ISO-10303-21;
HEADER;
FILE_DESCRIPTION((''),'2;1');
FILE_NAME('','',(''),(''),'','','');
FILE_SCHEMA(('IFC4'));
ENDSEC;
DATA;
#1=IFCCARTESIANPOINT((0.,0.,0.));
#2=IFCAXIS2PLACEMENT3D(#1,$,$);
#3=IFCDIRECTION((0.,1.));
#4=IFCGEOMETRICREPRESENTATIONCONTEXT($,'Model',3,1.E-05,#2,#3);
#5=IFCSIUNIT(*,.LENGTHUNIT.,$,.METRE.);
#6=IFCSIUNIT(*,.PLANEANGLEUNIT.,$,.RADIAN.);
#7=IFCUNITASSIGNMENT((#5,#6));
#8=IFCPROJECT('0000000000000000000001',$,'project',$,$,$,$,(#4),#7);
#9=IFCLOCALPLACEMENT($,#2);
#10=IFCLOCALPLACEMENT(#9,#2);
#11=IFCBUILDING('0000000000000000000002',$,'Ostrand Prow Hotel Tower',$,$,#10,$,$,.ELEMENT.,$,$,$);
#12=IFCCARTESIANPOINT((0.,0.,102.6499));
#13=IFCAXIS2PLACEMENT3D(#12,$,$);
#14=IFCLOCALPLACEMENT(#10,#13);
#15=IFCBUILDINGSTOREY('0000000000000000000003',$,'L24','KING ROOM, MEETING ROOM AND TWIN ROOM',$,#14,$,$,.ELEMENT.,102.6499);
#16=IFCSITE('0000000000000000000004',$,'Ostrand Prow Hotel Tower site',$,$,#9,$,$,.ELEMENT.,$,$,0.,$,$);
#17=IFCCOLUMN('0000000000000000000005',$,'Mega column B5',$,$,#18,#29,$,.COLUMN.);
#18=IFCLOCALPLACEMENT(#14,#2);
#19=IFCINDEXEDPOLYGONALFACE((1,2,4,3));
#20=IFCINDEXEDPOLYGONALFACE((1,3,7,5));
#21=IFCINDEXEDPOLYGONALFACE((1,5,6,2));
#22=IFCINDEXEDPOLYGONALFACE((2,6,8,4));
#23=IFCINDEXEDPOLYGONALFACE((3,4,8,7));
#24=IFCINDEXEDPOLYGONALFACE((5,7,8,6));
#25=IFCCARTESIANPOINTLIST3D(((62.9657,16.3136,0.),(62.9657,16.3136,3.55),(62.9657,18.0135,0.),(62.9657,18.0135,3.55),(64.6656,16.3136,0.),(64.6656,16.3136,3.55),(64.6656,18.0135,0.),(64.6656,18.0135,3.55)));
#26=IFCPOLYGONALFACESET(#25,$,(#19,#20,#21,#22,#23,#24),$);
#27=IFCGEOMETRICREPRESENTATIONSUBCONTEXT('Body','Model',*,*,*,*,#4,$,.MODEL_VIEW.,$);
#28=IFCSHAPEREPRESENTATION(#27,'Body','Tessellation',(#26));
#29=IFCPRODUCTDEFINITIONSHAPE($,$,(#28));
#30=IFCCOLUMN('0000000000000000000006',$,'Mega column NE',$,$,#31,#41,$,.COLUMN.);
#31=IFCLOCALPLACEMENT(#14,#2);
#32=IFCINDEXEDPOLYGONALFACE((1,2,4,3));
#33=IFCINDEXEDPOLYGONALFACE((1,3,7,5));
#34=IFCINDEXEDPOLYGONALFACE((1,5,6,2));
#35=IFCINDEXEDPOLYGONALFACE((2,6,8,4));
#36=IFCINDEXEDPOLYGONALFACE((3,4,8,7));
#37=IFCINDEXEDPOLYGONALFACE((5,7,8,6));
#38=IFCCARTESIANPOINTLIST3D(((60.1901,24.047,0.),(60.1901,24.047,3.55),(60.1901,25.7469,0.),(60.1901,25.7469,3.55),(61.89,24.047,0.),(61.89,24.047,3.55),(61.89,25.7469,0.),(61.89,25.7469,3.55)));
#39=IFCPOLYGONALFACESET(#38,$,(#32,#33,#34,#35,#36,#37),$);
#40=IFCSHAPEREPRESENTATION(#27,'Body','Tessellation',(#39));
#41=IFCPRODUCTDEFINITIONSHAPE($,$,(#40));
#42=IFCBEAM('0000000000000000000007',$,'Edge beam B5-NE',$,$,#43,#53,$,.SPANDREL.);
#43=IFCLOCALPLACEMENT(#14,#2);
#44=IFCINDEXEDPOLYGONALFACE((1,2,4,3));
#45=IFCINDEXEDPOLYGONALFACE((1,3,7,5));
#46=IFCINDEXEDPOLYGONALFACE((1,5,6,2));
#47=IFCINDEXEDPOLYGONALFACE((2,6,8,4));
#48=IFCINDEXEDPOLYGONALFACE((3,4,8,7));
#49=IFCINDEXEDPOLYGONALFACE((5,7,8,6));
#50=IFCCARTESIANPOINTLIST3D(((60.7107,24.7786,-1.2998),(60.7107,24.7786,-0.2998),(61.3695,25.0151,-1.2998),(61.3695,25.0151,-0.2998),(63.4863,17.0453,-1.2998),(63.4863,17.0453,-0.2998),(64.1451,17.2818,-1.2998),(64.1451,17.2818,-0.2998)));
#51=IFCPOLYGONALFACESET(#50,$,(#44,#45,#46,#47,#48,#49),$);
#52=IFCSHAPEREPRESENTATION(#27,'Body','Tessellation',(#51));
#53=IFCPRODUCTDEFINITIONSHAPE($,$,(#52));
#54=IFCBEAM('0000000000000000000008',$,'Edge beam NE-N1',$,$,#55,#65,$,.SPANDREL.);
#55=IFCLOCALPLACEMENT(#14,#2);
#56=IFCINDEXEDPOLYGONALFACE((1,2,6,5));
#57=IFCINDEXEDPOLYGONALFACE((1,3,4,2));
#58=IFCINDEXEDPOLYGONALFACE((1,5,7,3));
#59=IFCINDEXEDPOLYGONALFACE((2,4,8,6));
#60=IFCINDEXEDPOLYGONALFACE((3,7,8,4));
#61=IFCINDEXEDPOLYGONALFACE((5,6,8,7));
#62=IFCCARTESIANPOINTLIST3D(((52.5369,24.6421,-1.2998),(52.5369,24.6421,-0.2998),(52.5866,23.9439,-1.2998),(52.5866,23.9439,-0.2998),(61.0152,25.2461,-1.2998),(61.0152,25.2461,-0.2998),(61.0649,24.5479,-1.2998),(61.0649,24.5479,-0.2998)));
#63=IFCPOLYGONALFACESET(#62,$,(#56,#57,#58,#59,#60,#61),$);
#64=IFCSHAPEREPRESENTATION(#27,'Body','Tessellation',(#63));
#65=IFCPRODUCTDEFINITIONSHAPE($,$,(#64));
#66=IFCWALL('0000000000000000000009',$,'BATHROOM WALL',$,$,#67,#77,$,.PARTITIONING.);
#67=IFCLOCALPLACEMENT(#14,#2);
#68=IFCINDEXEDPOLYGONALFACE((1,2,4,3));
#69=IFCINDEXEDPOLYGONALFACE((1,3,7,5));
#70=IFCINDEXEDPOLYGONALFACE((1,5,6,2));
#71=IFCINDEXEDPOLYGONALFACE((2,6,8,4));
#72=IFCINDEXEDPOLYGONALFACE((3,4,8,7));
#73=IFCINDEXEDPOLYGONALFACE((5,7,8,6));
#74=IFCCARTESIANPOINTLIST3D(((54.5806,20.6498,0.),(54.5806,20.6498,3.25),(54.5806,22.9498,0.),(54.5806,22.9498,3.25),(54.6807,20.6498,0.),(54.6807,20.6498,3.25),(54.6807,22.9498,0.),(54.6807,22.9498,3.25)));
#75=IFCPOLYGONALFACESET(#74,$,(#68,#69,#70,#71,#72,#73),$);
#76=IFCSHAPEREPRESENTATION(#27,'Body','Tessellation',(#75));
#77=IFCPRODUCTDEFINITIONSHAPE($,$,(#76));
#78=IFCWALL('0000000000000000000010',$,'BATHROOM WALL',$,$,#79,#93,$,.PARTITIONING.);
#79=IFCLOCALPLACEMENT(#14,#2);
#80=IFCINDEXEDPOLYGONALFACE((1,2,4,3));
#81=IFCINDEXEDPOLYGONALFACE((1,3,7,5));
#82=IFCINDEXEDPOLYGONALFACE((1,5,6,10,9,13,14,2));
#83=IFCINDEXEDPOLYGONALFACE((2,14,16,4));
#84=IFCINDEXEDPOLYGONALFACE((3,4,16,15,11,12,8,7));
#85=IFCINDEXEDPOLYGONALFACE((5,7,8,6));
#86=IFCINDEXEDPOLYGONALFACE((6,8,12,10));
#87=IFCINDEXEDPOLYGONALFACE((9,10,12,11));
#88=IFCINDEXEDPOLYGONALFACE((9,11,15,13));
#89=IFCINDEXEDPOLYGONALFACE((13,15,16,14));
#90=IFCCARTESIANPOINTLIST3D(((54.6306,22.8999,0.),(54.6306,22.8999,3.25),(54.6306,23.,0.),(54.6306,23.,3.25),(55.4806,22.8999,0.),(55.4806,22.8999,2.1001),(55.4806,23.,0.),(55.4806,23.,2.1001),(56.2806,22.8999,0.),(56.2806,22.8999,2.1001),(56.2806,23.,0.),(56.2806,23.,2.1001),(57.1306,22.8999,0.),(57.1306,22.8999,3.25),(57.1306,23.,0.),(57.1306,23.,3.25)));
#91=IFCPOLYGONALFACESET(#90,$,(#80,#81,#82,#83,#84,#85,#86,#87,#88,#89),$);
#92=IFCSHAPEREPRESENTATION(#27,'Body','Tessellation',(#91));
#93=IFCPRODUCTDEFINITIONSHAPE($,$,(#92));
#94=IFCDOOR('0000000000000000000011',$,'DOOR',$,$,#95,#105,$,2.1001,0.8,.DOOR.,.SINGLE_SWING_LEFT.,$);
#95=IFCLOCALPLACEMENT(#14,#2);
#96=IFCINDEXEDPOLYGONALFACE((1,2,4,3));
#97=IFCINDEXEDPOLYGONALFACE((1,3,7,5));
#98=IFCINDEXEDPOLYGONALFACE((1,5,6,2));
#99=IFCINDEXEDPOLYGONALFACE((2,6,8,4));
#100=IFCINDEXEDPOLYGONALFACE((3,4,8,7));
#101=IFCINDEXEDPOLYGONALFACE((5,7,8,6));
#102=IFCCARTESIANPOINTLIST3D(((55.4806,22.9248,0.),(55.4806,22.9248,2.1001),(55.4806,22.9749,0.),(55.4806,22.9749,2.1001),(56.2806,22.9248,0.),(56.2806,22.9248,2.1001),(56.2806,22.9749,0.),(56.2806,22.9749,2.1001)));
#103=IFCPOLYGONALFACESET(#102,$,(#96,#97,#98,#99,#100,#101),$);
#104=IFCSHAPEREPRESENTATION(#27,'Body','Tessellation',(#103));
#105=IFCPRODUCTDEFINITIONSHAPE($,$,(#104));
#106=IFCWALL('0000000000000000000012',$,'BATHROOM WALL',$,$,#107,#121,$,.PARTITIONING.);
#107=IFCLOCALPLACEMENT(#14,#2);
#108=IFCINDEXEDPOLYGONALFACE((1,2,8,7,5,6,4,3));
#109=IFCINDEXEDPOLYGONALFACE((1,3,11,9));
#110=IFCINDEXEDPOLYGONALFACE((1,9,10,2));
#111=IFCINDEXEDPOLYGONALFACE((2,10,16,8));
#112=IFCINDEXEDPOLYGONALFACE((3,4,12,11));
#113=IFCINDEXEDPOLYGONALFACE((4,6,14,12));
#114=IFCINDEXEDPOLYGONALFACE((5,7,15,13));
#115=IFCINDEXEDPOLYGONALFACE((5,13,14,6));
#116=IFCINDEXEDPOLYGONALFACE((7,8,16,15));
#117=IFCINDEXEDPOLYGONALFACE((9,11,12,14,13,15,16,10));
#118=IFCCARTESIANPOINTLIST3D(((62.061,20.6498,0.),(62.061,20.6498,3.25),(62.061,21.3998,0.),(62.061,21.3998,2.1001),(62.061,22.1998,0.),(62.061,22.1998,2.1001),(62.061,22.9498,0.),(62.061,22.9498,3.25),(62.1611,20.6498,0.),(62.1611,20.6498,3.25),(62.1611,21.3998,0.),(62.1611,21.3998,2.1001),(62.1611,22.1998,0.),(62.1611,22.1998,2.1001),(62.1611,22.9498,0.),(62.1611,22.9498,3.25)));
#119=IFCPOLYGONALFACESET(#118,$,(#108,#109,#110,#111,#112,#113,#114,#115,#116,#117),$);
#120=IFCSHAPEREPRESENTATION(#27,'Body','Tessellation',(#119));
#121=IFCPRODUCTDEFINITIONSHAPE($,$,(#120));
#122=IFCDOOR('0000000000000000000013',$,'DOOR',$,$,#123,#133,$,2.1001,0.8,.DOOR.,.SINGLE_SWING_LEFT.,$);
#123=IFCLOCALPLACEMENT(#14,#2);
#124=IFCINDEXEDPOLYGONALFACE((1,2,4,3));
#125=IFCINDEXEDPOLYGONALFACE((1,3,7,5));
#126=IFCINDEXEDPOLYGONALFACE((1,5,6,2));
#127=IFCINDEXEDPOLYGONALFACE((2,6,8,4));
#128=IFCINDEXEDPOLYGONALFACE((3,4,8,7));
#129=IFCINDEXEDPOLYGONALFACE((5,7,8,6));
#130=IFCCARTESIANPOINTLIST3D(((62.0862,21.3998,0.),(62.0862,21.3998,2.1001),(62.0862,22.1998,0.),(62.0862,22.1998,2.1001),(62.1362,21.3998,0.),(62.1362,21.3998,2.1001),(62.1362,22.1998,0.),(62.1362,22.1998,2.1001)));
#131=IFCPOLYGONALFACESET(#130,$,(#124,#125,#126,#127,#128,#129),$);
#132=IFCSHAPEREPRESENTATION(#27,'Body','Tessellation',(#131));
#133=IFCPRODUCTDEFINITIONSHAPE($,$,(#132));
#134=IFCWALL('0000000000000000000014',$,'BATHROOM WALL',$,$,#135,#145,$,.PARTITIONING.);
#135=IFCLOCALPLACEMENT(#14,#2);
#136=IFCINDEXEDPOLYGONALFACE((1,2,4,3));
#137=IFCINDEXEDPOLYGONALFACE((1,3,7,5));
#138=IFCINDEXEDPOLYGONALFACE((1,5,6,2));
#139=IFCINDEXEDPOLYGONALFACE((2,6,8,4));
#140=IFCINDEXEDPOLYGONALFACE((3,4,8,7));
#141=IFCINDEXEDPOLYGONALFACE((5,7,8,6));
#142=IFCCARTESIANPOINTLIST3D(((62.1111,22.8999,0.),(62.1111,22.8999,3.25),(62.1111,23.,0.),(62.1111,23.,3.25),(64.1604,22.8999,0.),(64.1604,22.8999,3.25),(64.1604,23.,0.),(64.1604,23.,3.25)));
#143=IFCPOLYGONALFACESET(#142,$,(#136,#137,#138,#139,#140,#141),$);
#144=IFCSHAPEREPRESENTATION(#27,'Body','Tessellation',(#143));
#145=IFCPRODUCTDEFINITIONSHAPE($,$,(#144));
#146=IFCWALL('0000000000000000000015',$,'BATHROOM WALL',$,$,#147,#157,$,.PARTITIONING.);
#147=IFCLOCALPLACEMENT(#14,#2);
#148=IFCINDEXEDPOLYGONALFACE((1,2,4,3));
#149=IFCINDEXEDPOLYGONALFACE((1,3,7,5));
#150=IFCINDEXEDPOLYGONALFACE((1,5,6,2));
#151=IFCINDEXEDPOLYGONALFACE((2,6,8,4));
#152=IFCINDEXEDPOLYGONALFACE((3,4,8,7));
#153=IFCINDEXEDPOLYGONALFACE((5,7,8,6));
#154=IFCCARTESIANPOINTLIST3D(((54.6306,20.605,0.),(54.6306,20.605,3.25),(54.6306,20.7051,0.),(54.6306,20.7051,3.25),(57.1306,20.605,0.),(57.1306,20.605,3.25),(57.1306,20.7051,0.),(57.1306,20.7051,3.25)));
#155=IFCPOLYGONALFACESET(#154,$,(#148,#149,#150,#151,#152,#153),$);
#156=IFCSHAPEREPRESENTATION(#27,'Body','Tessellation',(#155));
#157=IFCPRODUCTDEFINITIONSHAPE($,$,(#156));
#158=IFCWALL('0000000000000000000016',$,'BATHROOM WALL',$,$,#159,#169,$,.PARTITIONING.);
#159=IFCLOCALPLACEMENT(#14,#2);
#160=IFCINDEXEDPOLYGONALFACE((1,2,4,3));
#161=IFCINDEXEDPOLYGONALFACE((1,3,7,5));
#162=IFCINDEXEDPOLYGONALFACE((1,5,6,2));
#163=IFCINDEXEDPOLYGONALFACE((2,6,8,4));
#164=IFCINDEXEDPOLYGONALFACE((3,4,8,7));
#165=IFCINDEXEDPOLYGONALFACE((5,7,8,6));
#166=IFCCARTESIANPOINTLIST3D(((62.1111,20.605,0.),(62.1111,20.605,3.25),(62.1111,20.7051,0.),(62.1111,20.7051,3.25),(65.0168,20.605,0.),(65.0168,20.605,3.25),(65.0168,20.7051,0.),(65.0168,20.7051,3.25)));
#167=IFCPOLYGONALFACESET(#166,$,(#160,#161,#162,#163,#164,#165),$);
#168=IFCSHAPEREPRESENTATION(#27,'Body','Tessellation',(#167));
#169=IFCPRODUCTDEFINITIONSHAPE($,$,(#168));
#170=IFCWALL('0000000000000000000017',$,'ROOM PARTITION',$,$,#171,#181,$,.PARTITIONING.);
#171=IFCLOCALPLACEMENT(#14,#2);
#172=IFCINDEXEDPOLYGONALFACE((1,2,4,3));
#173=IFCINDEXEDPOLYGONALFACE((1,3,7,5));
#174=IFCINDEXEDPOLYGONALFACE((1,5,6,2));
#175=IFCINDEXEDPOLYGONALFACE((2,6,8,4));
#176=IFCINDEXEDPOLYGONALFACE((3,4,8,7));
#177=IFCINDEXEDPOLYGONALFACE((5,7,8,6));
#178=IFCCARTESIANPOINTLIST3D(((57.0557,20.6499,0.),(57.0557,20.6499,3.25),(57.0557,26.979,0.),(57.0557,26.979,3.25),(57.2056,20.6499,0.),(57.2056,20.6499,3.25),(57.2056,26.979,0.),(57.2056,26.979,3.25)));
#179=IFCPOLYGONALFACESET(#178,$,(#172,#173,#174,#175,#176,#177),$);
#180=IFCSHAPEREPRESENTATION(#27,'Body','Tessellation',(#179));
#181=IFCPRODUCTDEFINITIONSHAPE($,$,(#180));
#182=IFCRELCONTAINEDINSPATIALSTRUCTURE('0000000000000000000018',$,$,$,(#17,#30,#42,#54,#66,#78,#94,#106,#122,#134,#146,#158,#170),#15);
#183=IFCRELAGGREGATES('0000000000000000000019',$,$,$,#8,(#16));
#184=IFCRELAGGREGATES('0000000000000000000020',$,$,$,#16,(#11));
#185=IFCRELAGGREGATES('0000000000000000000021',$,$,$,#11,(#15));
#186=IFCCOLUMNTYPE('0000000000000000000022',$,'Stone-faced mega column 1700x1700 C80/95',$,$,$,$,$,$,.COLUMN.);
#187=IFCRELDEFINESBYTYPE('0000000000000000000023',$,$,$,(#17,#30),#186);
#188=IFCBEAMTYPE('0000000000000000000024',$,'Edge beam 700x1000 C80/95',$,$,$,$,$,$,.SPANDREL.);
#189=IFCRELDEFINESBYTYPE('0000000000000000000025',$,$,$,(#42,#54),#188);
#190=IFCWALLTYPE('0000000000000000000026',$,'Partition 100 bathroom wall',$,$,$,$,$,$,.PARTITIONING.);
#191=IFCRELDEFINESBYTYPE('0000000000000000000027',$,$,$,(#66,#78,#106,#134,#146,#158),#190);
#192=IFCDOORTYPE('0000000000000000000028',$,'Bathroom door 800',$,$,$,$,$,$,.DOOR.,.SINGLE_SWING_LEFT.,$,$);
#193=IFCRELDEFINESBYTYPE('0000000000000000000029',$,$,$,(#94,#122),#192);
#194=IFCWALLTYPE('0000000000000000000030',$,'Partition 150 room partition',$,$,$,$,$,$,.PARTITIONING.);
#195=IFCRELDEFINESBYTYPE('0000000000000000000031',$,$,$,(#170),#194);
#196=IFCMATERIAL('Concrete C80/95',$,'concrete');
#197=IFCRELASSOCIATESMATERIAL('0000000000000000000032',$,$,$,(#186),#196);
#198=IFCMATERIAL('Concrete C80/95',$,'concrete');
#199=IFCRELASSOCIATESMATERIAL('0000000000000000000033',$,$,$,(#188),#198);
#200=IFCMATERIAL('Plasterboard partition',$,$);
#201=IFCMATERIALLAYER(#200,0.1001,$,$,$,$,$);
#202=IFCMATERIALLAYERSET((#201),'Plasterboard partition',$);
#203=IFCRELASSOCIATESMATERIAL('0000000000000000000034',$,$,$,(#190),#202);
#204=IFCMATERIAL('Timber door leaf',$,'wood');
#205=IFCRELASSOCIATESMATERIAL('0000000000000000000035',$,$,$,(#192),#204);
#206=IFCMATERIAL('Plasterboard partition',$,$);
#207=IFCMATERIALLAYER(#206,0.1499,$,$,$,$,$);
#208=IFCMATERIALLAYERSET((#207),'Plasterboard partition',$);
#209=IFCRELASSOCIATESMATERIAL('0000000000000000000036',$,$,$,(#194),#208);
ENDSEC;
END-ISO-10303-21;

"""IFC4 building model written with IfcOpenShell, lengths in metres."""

from ifc_helpers import new_model, si_unit, direction, frame, frame_2d, origin, origin_2d, place, context, subcontext, project, spatial, rectangle, extrude, material, layer, layer_set, material_profile, profile_set, type_object, element, fill, save


model = new_model("IFC4")

# Units and contexts
model_context = context("Model", 3, precision=1e-05, world=origin(), true_north=direction((0.0, 1.0)))
body_context = subcontext(model_context, "Body", "Model", "MODEL_VIEW")
ifc_project = project(units=[si_unit("LENGTHUNIT", "METRE"), si_unit("PLANEANGLEUNIT", "RADIAN")], contexts=[model_context])

# Site, building, storey
site_placement = place(None, origin())
site = spatial("IfcSite", under=ifc_project, at=site_placement, Name="Ostrand Prow Hotel Tower site", CompositionType="ELEMENT", RefElevation=0.0)
building_placement = place(site_placement, origin())
building = spatial("IfcBuilding", under=site, at=building_placement, Name="Ostrand Prow Hotel Tower", CompositionType="ELEMENT")
storey_placement = place(building_placement, frame((0.0, 0.0, 102.6499)))
storey = spatial("IfcBuildingStorey", under=building, at=storey_placement, Name="L24", Description="KING ROOM, MEETING ROOM AND TWIN ROOM", CompositionType="ELEMENT", Elevation=102.6499)

# Columns
ifc_material_1 = material(Name="Concrete C80/95", Category="concrete")
ifc_material_profile_1 = material_profile(ifc_material_1, rectangle(XDim=1.7, YDim=1.7, at=origin_2d()), Name="RC 1700x1700")
ifc_profile_set_1 = profile_set([ifc_material_profile_1], Name="Concrete C80/95")
column_type = type_object("IfcColumnType", Name="Stone-faced mega column 1700x1700 C80/95", PredefinedType="COLUMN", material=ifc_profile_set_1)
for number, where, z_axis, x_axis, name in (
    (1, (63.8157, 17.1636, 0.0), (0.0, 0.0, 1.0), (1.0, 0.0, 0.0), "Mega column B5"),
    (2, (61.04, 24.897, 0.0), (0.0, 0.0, 1.0), (1.0, 0.0, 0.0), "Mega column NE"),
):
    element("IfcColumn", number, at=place(storey_placement, frame(where, z_axis=z_axis, x_axis=x_axis)), inside=storey, type_object=column_type, Name=name, PredefinedType="COLUMN", context=body_context, shape_type="SweptSolid", body=[
        extrude(rectangle(XDim=1.7, YDim=1.7, at=origin_2d()), origin(), (0.0, 0.0, 1.0), 3.55),
    ])

# Beams
ifc_material_2 = material(Name="Concrete C80/95", Category="concrete")
ifc_material_profile_2 = material_profile(ifc_material_2, rectangle(XDim=0.7, YDim=1.0, at=origin_2d()), Name="RC 700x1000")
ifc_profile_set_2 = profile_set([ifc_material_profile_2], Name="Concrete C80/95")
beam_type = type_object("IfcBeamType", Name="Edge beam 700x1000 C80/95", PredefinedType="SPANDREL", material=ifc_profile_set_2)
beam_1_placement = place(storey_placement, frame((63.8157, 17.1636, -0.7998), z_axis=(-0.337815, 0.941212, 0.0), x_axis=(-0.941212, -0.337815, 0.0)))
element("IfcBeam", 3, at=beam_1_placement, inside=storey, type_object=beam_type, Name="Edge beam B5-NE", PredefinedType="SPANDREL", context=body_context, shape_type="SweptSolid", body=[
    extrude(rectangle(XDim=0.7, YDim=1.0, at=origin_2d()), origin(), (0.0, 0.0, 1.0), 8.2163),
])
beam_2_placement = place(storey_placement, frame((61.04, 24.897, -0.7998), z_axis=(-0.997472, -0.071061, 0.0), x_axis=(0.071061, -0.997472, 0.0)))
element("IfcBeam", 4, at=beam_2_placement, inside=storey, type_object=beam_type, Name="Edge beam NE-N1", PredefinedType="SPANDREL", context=body_context, shape_type="SweptSolid", body=[
    extrude(rectangle(XDim=0.7, YDim=1.0, at=origin_2d()), origin(), (0.0, 0.0, 1.0), 8.4998),
])

# Wall
ifc_material_3 = material(Name="Plasterboard partition")
ifc_layer_1 = layer(ifc_material_3, 0.1001)
ifc_layer_set_1 = layer_set([ifc_layer_1], Name="Plasterboard partition")
wall_type_1 = type_object("IfcWallType", Name="Partition 100 bathroom wall", PredefinedType="PARTITIONING", material=ifc_layer_set_1)
wall_1_placement = place(storey_placement, frame((54.6306, 20.6499, 0.0), z_axis=(0.0, 0.0, 1.0), x_axis=(0.0, 1.0, 0.0)))
element("IfcWall", 5, at=wall_1_placement, inside=storey, type_object=wall_type_1, Name="BATHROOM WALL", PredefinedType="PARTITIONING", context=body_context, shape_type="SweptSolid", body=[
    extrude(rectangle(XDim=2.3, YDim=0.1001, at=frame_2d((1.1499, 0.0))), origin(), (0.0, 0.0, 1.0), 3.25),
])

# Walls, openings, doors
wall_2_placement = place(storey_placement, frame((54.6306, 22.95, 0.0), z_axis=(0.0, 0.0, 1.0), x_axis=(1.0, 0.0, 0.0)))
wall_2 = element("IfcWall", 6, at=wall_2_placement, inside=storey, type_object=wall_type_1, Name="BATHROOM WALL", PredefinedType="PARTITIONING", context=body_context, shape_type="SweptSolid", body=[
    extrude(rectangle(XDim=2.5, YDim=0.1001, at=frame_2d((1.25, 0.0))), origin(), (0.0, 0.0, 1.0), 3.25),
])
opening_1_placement = place(wall_2_placement, frame((0.8501, 0.0, 0.0)))
opening_1 = element("IfcOpeningElement", 7, at=opening_1_placement, cuts=wall_2, PredefinedType="OPENING", context=body_context, shape_type="SweptSolid", body=[
    extrude(rectangle(XDim=0.8, YDim=2.1001, at=frame_2d((0.3999, 1.05))), frame((0.0, 0.0601, 0.0), z_axis=(0.0, -1.0, 0.0), x_axis=(1.0, 0.0, 0.0)), (0.0, 0.0, 1.0), 0.1201),
])
ifc_material_4 = material(Name="Timber door leaf", Category="wood")
door_type_1 = type_object("IfcDoorType", Name="Bathroom door 800", OperationType="SINGLE_SWING_LEFT", PredefinedType="DOOR", material=ifc_material_4)
door_1_placement = place(opening_1_placement, origin())
door_1 = element("IfcDoor", 8, at=door_1_placement, inside=storey, type_object=door_type_1, Name="DOOR", OperationType="SINGLE_SWING_LEFT", OverallHeight=2.1001, OverallWidth=0.8, PredefinedType="DOOR", context=body_context, shape_type="SweptSolid", body=[
    extrude(rectangle(XDim=0.8, YDim=2.1001, at=frame_2d((0.3999, 1.05))), frame((0.0, 0.0249, 0.0), z_axis=(0.0, -1.0, 0.0), x_axis=(1.0, 0.0, 0.0)), (0.0, 0.0, 1.0), 0.05),
])
fill(opening_1, door_1)
wall_3_placement = place(storey_placement, frame((62.1111, 20.6499, 0.0), z_axis=(0.0, 0.0, 1.0), x_axis=(0.0, 1.0, 0.0)))
wall_3 = element("IfcWall", 9, at=wall_3_placement, inside=storey, type_object=wall_type_1, Name="BATHROOM WALL", PredefinedType="PARTITIONING", context=body_context, shape_type="SweptSolid", body=[
    extrude(rectangle(XDim=2.3, YDim=0.1001, at=frame_2d((1.1499, 0.0))), origin(), (0.0, 0.0, 1.0), 3.25),
])
opening_2_placement = place(wall_3_placement, frame((0.75, 0.0, 0.0)))
opening_2 = element("IfcOpeningElement", 10, at=opening_2_placement, cuts=wall_3, PredefinedType="OPENING", context=body_context, shape_type="SweptSolid", body=[
    extrude(rectangle(XDim=0.8, YDim=2.1001, at=frame_2d((0.3999, 1.05))), frame((0.0, 0.0601, 0.0), z_axis=(0.0, -1.0, 0.0), x_axis=(1.0, 0.0, 0.0)), (0.0, 0.0, 1.0), 0.1201),
])
door_2_placement = place(opening_2_placement, origin())
door_2 = element("IfcDoor", 11, at=door_2_placement, inside=storey, type_object=door_type_1, Name="DOOR", OperationType="SINGLE_SWING_LEFT", OverallHeight=2.1001, OverallWidth=0.8, PredefinedType="DOOR", context=body_context, shape_type="SweptSolid", body=[
    extrude(rectangle(XDim=0.8, YDim=2.1001, at=frame_2d((0.3999, 1.05))), frame((0.0, 0.0249, 0.0), z_axis=(0.0, -1.0, 0.0), x_axis=(1.0, 0.0, 0.0)), (0.0, 0.0, 1.0), 0.05),
])
fill(opening_2, door_2)

# Walls
wall_4_placement = place(storey_placement, frame((62.1111, 22.95, 0.0), z_axis=(0.0, 0.0, 1.0), x_axis=(1.0, 0.0, 0.0)))
element("IfcWall", 12, at=wall_4_placement, inside=storey, type_object=wall_type_1, Name="BATHROOM WALL", PredefinedType="PARTITIONING", context=body_context, shape_type="SweptSolid", body=[
    extrude(rectangle(XDim=2.0493, YDim=0.1001, at=frame_2d((1.0247, 0.0))), origin(), (0.0, 0.0, 1.0), 3.25),
])
wall_5_placement = place(storey_placement, frame((57.1306, 20.655, 0.0), z_axis=(0.0, 0.0, 1.0), x_axis=(-1.0, 0.0, 0.0)))
element("IfcWall", 13, at=wall_5_placement, inside=storey, type_object=wall_type_1, Name="BATHROOM WALL", PredefinedType="PARTITIONING", context=body_context, shape_type="SweptSolid", body=[
    extrude(rectangle(XDim=2.5, YDim=0.1001, at=frame_2d((1.25, 0.0))), origin(), (0.0, 0.0, 1.0), 3.25),
])
wall_6_placement = place(storey_placement, frame((65.0168, 20.655, 0.0), z_axis=(0.0, 0.0, 1.0), x_axis=(-1.0, 0.0, 0.0)))
element("IfcWall", 14, at=wall_6_placement, inside=storey, type_object=wall_type_1, Name="BATHROOM WALL", PredefinedType="PARTITIONING", context=body_context, shape_type="SweptSolid", body=[
    extrude(rectangle(XDim=2.9058, YDim=0.1001, at=frame_2d((1.4529, 0.0))), origin(), (0.0, 0.0, 1.0), 3.25),
])
ifc_material_5 = material(Name="Plasterboard partition")
ifc_layer_2 = layer(ifc_material_5, 0.1499)
ifc_layer_set_2 = layer_set([ifc_layer_2], Name="Plasterboard partition")
wall_type_2 = type_object("IfcWallType", Name="Partition 150 room partition", PredefinedType="PARTITIONING", material=ifc_layer_set_2)
wall_7_placement = place(storey_placement, frame((57.1306, 20.6499, 0.0), z_axis=(0.0, 0.0, 1.0), x_axis=(0.0, 1.0, 0.0)))
element("IfcWall", 15, at=wall_7_placement, inside=storey, type_object=wall_type_2, Name="ROOM PARTITION", PredefinedType="PARTITIONING", context=body_context, shape_type="SweptSolid", body=[
    extrude(rectangle(XDim=6.3291, YDim=0.1499, at=frame_2d((3.1646, 0.0))), origin(), (0.0, 0.0, 1.0), 3.25),
])

save(model, "model.ifc")
